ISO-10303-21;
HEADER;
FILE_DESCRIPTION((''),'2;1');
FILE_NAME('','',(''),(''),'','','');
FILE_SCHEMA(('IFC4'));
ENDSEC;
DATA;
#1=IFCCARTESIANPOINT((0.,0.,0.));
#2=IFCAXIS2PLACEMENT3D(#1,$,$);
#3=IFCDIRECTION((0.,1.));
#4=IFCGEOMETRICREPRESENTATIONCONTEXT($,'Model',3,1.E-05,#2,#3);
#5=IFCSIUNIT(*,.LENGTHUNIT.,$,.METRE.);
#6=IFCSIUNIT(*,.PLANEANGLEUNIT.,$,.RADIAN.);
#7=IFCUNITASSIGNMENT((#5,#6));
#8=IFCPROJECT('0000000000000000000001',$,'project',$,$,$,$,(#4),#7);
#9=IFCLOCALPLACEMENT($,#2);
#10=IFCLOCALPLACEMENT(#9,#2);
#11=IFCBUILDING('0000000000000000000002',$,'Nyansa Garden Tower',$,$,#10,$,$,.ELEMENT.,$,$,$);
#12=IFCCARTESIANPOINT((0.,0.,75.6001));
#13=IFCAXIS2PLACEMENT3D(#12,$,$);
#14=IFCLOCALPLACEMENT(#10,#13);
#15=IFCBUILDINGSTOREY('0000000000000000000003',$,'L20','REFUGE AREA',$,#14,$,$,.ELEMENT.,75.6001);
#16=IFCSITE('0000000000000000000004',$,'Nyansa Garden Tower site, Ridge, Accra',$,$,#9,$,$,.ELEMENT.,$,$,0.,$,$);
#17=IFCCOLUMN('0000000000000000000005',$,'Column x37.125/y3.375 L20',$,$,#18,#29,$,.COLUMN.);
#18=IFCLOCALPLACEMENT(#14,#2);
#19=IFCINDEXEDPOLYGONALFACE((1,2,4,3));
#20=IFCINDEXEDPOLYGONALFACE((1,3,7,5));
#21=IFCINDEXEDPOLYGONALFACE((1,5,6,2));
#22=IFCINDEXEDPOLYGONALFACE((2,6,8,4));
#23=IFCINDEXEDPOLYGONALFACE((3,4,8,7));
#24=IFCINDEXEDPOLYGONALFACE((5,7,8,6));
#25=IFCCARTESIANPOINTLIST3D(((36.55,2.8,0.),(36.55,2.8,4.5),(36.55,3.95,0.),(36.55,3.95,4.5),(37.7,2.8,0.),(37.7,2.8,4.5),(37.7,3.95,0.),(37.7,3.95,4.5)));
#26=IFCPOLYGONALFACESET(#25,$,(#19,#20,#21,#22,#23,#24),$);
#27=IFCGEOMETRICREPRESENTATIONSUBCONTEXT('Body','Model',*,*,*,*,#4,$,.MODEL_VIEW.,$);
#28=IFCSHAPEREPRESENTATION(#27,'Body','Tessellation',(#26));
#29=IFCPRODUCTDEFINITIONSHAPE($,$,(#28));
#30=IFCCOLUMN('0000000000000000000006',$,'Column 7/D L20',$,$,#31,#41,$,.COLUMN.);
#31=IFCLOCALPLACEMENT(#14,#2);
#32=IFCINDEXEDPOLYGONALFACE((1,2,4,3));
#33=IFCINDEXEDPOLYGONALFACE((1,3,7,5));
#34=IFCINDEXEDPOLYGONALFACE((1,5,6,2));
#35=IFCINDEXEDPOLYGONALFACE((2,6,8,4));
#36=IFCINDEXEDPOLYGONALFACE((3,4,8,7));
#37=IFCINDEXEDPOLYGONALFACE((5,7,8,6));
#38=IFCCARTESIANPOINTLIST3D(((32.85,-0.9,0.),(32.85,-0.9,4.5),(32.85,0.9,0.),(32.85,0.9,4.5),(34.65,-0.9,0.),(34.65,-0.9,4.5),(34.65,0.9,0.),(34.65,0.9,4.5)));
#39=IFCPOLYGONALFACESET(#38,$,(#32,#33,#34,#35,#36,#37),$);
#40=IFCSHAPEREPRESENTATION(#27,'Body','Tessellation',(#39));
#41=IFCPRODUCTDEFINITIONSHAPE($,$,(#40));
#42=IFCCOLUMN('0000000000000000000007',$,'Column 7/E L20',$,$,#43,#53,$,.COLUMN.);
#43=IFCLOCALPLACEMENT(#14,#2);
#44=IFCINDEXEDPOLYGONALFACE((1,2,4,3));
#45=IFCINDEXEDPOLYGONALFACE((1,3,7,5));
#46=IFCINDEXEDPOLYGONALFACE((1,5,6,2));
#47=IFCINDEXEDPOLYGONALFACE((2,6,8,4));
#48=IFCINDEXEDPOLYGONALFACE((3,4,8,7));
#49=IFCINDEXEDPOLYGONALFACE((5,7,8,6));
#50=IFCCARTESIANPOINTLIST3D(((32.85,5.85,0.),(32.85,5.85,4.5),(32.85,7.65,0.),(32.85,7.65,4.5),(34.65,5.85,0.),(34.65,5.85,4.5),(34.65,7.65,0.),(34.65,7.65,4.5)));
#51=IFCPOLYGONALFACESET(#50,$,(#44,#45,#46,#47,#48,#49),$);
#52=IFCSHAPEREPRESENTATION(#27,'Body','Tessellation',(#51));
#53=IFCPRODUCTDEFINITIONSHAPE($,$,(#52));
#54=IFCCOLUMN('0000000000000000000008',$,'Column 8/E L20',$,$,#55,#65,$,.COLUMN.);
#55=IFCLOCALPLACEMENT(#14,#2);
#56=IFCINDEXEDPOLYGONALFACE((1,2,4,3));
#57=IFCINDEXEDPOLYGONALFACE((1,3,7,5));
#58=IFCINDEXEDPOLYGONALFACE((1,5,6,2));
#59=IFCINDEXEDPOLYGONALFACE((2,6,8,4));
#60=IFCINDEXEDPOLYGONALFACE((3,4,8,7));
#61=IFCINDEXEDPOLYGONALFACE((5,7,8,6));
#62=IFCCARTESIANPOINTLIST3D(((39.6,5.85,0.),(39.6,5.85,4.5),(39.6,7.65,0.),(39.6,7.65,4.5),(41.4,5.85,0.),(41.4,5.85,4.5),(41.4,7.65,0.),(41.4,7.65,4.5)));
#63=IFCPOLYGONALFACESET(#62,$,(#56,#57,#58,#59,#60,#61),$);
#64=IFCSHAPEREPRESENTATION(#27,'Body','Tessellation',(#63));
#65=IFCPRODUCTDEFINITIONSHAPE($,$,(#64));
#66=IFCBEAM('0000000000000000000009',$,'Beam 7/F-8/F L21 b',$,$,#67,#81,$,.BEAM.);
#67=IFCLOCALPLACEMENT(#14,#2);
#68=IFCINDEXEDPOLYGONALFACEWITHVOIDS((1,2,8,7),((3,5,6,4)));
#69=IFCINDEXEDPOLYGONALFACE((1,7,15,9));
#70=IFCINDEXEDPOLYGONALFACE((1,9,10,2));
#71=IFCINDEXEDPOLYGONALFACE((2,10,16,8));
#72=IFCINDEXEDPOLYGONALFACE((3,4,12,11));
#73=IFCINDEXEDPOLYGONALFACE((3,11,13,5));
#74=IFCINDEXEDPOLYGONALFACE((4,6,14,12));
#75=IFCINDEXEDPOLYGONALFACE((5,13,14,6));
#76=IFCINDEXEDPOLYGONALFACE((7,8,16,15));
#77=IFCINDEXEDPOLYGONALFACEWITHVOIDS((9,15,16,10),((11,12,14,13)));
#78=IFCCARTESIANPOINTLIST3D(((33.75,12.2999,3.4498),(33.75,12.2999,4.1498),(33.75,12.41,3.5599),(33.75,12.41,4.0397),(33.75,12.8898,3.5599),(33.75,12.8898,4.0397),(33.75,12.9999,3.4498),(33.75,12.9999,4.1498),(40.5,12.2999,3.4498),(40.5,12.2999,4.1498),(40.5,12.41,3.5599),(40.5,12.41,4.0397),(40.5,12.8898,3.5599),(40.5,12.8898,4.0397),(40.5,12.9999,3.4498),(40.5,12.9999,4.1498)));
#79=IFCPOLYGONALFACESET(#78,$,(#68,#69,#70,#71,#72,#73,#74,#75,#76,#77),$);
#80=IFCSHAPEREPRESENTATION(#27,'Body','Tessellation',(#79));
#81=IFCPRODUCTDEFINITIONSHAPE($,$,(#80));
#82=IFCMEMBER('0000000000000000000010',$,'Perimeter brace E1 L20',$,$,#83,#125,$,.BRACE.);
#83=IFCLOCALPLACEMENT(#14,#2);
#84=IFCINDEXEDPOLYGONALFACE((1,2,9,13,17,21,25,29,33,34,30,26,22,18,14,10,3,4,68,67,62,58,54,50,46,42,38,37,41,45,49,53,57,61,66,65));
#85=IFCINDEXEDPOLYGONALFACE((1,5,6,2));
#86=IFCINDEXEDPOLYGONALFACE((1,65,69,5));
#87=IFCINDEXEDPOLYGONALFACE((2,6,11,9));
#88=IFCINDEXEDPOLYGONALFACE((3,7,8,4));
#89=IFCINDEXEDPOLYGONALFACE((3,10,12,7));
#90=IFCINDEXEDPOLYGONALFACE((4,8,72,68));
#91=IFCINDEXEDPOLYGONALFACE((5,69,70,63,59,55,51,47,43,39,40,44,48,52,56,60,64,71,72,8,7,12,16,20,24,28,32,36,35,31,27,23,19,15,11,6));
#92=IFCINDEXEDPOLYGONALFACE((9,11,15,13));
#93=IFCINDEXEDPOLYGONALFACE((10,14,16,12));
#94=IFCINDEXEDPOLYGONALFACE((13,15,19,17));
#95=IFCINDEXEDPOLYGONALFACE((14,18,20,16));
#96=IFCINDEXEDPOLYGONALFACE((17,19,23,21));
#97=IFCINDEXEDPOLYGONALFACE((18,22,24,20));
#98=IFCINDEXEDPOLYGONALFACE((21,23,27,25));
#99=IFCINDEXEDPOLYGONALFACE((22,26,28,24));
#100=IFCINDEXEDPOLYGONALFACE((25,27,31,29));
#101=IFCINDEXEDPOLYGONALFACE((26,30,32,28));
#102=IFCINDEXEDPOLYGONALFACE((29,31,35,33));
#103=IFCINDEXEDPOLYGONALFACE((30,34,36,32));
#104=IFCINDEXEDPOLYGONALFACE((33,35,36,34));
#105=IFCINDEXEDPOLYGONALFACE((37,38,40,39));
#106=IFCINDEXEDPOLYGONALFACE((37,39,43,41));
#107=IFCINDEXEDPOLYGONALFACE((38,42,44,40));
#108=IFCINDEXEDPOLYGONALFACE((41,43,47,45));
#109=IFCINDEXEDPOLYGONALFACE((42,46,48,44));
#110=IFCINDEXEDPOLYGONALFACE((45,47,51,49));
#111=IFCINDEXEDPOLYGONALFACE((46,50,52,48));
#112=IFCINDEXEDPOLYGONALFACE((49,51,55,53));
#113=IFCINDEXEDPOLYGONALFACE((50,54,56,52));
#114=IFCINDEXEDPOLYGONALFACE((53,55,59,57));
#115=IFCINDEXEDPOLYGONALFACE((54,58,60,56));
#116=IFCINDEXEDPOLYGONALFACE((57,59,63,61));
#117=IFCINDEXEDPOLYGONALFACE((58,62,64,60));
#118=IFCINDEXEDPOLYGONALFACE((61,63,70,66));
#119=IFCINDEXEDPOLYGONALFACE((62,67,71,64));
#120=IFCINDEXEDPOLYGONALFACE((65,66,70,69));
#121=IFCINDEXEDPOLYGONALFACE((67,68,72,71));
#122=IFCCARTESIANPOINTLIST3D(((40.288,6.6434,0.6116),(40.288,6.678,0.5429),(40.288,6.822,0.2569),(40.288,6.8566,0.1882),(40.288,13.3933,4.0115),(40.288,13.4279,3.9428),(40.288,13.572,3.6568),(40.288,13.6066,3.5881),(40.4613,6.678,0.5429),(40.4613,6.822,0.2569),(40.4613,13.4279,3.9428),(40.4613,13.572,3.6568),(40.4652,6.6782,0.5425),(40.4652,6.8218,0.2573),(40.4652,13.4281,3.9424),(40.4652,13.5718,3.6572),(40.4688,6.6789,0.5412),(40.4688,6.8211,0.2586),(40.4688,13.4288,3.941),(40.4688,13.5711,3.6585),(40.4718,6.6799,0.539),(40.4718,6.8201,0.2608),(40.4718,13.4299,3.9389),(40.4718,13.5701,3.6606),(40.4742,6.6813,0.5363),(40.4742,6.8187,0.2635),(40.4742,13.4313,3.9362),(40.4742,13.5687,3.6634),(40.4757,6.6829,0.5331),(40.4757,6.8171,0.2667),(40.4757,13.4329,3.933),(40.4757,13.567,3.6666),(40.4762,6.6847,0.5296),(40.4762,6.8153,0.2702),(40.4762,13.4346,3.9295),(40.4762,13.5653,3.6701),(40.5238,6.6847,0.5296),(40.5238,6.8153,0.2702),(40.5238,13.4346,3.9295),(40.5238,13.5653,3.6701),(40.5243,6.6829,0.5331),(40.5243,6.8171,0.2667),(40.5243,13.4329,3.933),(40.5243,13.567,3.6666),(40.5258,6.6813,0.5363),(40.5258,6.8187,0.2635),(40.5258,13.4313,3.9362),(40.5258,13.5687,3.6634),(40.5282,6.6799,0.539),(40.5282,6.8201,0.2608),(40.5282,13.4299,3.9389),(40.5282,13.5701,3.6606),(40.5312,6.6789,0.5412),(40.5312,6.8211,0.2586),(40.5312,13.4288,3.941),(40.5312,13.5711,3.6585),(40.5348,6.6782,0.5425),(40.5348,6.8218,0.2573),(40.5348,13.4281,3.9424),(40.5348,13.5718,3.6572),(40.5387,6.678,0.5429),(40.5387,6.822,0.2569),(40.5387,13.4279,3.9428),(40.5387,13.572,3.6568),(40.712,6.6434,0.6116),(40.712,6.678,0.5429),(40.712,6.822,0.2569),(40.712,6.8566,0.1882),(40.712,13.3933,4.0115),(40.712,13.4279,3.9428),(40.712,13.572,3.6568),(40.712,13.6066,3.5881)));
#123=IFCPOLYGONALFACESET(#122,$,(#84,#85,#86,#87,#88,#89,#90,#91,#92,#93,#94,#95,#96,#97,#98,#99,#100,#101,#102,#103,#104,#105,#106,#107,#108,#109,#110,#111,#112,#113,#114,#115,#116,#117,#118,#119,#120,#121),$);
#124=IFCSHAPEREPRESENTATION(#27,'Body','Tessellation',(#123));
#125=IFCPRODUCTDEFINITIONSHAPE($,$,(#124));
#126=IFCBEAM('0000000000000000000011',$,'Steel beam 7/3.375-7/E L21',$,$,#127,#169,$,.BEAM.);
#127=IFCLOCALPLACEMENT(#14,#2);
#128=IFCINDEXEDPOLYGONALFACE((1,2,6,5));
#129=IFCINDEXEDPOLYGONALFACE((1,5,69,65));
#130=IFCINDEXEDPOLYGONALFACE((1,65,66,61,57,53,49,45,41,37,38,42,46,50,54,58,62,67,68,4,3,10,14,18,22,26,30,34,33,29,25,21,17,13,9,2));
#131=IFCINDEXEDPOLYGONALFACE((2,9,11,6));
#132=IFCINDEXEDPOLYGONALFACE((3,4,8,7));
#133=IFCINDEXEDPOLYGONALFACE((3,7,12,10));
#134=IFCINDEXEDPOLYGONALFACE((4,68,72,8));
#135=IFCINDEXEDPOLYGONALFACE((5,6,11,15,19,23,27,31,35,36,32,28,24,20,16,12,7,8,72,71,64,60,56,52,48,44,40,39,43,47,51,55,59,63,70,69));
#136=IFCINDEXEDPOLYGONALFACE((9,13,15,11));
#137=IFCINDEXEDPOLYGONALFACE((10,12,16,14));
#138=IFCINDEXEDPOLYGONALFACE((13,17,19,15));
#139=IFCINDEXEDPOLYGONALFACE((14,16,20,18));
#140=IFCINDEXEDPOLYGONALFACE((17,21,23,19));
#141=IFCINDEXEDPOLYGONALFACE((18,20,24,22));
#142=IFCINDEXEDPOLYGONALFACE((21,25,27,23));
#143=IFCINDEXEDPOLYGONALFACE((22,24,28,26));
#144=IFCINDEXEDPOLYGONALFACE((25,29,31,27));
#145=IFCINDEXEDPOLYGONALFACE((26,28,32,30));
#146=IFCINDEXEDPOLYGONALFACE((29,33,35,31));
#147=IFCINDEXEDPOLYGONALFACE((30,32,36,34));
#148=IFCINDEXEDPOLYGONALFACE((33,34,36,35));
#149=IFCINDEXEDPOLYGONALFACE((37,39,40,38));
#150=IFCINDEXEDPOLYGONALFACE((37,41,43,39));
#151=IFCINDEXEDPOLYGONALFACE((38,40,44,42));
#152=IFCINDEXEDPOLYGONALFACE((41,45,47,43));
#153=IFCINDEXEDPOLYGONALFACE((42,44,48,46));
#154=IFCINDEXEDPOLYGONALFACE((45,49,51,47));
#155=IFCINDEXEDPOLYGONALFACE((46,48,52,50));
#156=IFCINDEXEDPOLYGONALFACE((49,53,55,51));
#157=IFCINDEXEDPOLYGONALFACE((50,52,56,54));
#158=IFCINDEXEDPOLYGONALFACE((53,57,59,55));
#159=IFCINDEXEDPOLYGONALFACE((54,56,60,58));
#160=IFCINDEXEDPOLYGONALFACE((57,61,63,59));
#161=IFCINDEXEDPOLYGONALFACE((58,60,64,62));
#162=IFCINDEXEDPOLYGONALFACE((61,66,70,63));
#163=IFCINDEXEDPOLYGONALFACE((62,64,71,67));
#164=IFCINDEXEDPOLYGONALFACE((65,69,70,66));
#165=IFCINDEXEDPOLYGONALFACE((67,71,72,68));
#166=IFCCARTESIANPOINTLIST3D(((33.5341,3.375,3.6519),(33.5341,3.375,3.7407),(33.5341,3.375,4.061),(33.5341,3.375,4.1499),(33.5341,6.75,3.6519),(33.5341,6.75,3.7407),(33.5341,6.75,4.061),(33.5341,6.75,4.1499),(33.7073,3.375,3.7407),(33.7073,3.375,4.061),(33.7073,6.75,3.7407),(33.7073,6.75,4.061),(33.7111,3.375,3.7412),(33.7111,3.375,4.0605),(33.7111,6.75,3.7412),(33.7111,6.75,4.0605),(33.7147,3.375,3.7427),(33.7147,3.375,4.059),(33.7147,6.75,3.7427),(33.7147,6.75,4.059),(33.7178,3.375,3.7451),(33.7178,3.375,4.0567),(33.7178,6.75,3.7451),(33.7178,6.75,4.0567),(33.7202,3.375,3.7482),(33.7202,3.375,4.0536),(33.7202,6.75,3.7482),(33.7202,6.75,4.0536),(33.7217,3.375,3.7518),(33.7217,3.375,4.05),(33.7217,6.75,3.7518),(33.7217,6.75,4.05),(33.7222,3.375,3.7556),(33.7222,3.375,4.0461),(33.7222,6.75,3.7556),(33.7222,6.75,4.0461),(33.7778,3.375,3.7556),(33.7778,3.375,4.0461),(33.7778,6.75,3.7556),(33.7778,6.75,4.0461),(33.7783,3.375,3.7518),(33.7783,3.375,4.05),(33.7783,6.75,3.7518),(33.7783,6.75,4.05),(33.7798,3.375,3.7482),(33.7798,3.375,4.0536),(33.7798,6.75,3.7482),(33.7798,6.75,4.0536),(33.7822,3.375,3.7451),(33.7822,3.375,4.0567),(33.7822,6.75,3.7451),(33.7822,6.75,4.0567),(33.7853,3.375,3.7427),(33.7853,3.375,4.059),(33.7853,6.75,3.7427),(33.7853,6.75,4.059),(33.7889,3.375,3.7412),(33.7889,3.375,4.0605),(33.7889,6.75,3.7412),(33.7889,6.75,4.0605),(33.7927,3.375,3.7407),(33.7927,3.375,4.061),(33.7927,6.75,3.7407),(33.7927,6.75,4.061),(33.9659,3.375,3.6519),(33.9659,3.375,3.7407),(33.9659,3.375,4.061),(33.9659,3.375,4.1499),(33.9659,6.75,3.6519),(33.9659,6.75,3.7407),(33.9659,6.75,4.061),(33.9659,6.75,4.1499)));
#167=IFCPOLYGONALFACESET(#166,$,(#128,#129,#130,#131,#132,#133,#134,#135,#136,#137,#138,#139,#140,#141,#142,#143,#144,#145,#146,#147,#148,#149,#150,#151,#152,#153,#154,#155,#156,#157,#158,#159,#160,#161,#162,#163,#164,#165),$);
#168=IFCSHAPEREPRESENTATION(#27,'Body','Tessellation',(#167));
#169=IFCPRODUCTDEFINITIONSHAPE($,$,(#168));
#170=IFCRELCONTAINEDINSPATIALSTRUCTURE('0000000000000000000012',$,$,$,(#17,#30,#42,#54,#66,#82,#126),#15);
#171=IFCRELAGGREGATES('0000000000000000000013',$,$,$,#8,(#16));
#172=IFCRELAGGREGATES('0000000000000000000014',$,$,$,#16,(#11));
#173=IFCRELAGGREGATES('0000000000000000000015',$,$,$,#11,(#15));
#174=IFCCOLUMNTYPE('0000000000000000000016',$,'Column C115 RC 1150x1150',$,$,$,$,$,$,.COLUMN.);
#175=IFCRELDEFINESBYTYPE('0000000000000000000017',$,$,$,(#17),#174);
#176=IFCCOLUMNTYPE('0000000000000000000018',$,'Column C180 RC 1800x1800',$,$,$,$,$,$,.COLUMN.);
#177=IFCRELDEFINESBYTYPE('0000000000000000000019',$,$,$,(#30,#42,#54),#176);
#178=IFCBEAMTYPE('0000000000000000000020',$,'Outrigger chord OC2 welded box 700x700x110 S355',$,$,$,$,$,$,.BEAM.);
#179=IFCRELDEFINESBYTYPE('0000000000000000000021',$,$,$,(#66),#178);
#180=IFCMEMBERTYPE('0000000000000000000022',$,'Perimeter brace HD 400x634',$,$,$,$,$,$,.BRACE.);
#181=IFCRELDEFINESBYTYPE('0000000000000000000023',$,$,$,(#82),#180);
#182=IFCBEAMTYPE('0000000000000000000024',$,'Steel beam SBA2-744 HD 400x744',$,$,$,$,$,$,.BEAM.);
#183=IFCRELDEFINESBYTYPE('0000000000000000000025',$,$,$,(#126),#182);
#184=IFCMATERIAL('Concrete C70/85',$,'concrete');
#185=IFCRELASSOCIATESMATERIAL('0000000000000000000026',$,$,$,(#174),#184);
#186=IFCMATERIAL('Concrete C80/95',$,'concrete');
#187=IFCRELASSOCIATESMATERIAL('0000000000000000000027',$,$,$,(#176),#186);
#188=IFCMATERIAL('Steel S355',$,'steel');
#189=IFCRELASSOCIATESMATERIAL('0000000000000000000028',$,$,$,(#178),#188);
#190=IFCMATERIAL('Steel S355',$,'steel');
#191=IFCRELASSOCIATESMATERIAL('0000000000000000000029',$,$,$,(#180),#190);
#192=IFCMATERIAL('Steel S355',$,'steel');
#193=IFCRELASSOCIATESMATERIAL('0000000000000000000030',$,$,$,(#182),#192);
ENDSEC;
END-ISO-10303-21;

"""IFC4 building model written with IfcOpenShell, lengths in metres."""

from ifc_helpers import new_model, si_unit, direction, frame, origin, origin_2d, place, context, subcontext, project, spatial, rectangle, hollow_rectangle, i_section, extrude, material, material_profile, profile_set, type_object, element, save


model = new_model("IFC4")

# Units and contexts
model_context = context("Model", 3, precision=1e-05, world=origin(), true_north=direction((0.0, 1.0)))
body_context = subcontext(model_context, "Body", "Model", "MODEL_VIEW")
ifc_project = project(units=[si_unit("LENGTHUNIT", "METRE"), si_unit("PLANEANGLEUNIT", "RADIAN")], contexts=[model_context])

# Site, building, storey
site_placement = place(None, origin())
site = spatial("IfcSite", under=ifc_project, at=site_placement, Name="Nyansa Garden Tower site, Ridge, Accra", CompositionType="ELEMENT", RefElevation=0.0)
building_placement = place(site_placement, origin())
building = spatial("IfcBuilding", under=site, at=building_placement, Name="Nyansa Garden Tower", CompositionType="ELEMENT")
storey_placement = place(building_placement, frame((0.0, 0.0, 75.6001)))
storey = spatial("IfcBuildingStorey", under=building, at=storey_placement, Name="L20", Description="REFUGE AREA", CompositionType="ELEMENT", Elevation=75.6001)

# Columns
ifc_material_1 = material(Name="Concrete C70/85", Category="concrete")
ifc_material_profile_1 = material_profile(ifc_material_1, rectangle(XDim=1.1499, YDim=1.1499, at=origin_2d()), Name="RC 1150x1150")
ifc_profile_set_1 = profile_set([ifc_material_profile_1], Name="Concrete C70/85")
column_type_1 = type_object("IfcColumnType", Name="Column C115 RC 1150x1150", PredefinedType="COLUMN", material=ifc_profile_set_1)
column_placement = place(storey_placement, frame((37.125, 3.375, 0.0), z_axis=(0.0, 0.0, 1.0), x_axis=(1.0, 0.0, 0.0)))
element("IfcColumn", 1, at=column_placement, inside=storey, type_object=column_type_1, Name="Column x37.125/y3.375 L20", PredefinedType="COLUMN", context=body_context, shape_type="SweptSolid", body=[
    extrude(rectangle(XDim=1.1499, YDim=1.1499, at=origin_2d()), origin(), (0.0, 0.0, 1.0), 4.5),
])
ifc_material_2 = material(Name="Concrete C80/95", Category="concrete")
ifc_material_profile_2 = material_profile(ifc_material_2, rectangle(XDim=1.8, YDim=1.8, at=origin_2d()), Name="RC 1800x1800")
ifc_profile_set_2 = profile_set([ifc_material_profile_2], Name="Concrete C80/95")
column_type_2 = type_object("IfcColumnType", Name="Column C180 RC 1800x1800", PredefinedType="COLUMN", material=ifc_profile_set_2)
for number, where, z_axis, x_axis, name in (
    (2, (33.75, 0.0, 0.0), (0.0, 0.0, 1.0), (1.0, 0.0, 0.0), "Column 7/D L20"),
    (3, (33.75, 6.75, 0.0), (0.0, 0.0, 1.0), (1.0, 0.0, 0.0), "Column 7/E L20"),
    (4, (40.5, 6.75, 0.0), (0.0, 0.0, 1.0), (1.0, 0.0, 0.0), "Column 8/E L20"),
):
    element("IfcColumn", number, at=place(storey_placement, frame(where, z_axis=z_axis, x_axis=x_axis)), inside=storey, type_object=column_type_2, Name=name, PredefinedType="COLUMN", context=body_context, shape_type="SweptSolid", body=[
        extrude(rectangle(XDim=1.8, YDim=1.8, at=origin_2d()), origin(), (0.0, 0.0, 1.0), 4.5),
    ])

# Beam
ifc_material_3 = material(Name="Steel S355", Category="steel")
ifc_material_profile_3 = material_profile(ifc_material_3, hollow_rectangle(XDim=0.7, YDim=0.7, WallThickness=0.1101, at=origin_2d()), Name="Welded box 700x700x110")
ifc_profile_set_3 = profile_set([ifc_material_profile_3], Name="Steel S355")
beam_type_1 = type_object("IfcBeamType", Name="Outrigger chord OC2 welded box 700x700x110 S355", PredefinedType="BEAM", material=ifc_profile_set_3)
beam_1_placement = place(storey_placement, frame((33.75, 12.6499, 3.7998), z_axis=(1.0, 0.0, 0.0), x_axis=(0.0, 1.0, 0.0)))
element("IfcBeam", 5, at=beam_1_placement, inside=storey, type_object=beam_type_1, Name="Beam 7/F-8/F L21 b", PredefinedType="BEAM", context=body_context, shape_type="SweptSolid", body=[
    extrude(hollow_rectangle(XDim=0.7, YDim=0.7, WallThickness=0.1101, at=origin_2d()), origin(), (0.0, 0.0, 1.0), 6.75),
])

# Member
ifc_material_4 = material(Name="Steel S355", Category="steel")
ifc_material_profile_4 = material_profile(ifc_material_4, i_section(OverallWidth=0.4241, OverallDepth=0.4741, WebThickness=0.0476, FlangeThickness=0.0769, FilletRadius=0.0149, at=origin_2d()), Name="HD 400x634")
ifc_profile_set_4 = profile_set([ifc_material_profile_4], Name="Steel S355")
member_type = type_object("IfcMemberType", Name="Perimeter brace HD 400x634", PredefinedType="BRACE", material=ifc_profile_set_4)
member_placement = place(storey_placement, frame((40.5, 6.75, 0.3999), z_axis=(0.0, 0.893105, 0.449848), x_axis=(-1.0, 0.0, 0.0)))
element("IfcMember", 6, at=member_placement, inside=storey, type_object=member_type, Name="Perimeter brace E1 L20", PredefinedType="BRACE", context=body_context, shape_type="SweptSolid", body=[
    extrude(i_section(OverallWidth=0.4241, OverallDepth=0.4741, WebThickness=0.0476, FlangeThickness=0.0769, FilletRadius=0.0149, at=origin_2d()), origin(), (0.0, 0.0, 1.0), 7.5579),
])

# Beam
ifc_material_5 = material(Name="Steel S355", Category="steel")
ifc_material_profile_5 = material_profile(ifc_material_5, i_section(OverallWidth=0.4319, OverallDepth=0.498, WebThickness=0.0557, FlangeThickness=0.0889, FilletRadius=0.0149, at=origin_2d()), Name="HD 400x744")
ifc_profile_set_5 = profile_set([ifc_material_profile_5], Name="Steel S355")
beam_type_2 = type_object("IfcBeamType", Name="Steel beam SBA2-744 HD 400x744", PredefinedType="BEAM", material=ifc_profile_set_5)
beam_2_placement = place(storey_placement, frame((33.75, 3.375, 3.9009), z_axis=(0.0, 1.0, 0.0), x_axis=(-1.0, 0.0, 0.0)))
element("IfcBeam", 7, at=beam_2_placement, inside=storey, type_object=beam_type_2, Name="Steel beam 7/3.375-7/E L21", PredefinedType="BEAM", context=body_context, shape_type="SweptSolid", body=[
    extrude(i_section(OverallWidth=0.4319, OverallDepth=0.498, WebThickness=0.0557, FlangeThickness=0.0889, FilletRadius=0.0149, at=origin_2d()), origin(), (0.0, 0.0, 1.0), 3.375),
])

save(model, "model.ifc")
